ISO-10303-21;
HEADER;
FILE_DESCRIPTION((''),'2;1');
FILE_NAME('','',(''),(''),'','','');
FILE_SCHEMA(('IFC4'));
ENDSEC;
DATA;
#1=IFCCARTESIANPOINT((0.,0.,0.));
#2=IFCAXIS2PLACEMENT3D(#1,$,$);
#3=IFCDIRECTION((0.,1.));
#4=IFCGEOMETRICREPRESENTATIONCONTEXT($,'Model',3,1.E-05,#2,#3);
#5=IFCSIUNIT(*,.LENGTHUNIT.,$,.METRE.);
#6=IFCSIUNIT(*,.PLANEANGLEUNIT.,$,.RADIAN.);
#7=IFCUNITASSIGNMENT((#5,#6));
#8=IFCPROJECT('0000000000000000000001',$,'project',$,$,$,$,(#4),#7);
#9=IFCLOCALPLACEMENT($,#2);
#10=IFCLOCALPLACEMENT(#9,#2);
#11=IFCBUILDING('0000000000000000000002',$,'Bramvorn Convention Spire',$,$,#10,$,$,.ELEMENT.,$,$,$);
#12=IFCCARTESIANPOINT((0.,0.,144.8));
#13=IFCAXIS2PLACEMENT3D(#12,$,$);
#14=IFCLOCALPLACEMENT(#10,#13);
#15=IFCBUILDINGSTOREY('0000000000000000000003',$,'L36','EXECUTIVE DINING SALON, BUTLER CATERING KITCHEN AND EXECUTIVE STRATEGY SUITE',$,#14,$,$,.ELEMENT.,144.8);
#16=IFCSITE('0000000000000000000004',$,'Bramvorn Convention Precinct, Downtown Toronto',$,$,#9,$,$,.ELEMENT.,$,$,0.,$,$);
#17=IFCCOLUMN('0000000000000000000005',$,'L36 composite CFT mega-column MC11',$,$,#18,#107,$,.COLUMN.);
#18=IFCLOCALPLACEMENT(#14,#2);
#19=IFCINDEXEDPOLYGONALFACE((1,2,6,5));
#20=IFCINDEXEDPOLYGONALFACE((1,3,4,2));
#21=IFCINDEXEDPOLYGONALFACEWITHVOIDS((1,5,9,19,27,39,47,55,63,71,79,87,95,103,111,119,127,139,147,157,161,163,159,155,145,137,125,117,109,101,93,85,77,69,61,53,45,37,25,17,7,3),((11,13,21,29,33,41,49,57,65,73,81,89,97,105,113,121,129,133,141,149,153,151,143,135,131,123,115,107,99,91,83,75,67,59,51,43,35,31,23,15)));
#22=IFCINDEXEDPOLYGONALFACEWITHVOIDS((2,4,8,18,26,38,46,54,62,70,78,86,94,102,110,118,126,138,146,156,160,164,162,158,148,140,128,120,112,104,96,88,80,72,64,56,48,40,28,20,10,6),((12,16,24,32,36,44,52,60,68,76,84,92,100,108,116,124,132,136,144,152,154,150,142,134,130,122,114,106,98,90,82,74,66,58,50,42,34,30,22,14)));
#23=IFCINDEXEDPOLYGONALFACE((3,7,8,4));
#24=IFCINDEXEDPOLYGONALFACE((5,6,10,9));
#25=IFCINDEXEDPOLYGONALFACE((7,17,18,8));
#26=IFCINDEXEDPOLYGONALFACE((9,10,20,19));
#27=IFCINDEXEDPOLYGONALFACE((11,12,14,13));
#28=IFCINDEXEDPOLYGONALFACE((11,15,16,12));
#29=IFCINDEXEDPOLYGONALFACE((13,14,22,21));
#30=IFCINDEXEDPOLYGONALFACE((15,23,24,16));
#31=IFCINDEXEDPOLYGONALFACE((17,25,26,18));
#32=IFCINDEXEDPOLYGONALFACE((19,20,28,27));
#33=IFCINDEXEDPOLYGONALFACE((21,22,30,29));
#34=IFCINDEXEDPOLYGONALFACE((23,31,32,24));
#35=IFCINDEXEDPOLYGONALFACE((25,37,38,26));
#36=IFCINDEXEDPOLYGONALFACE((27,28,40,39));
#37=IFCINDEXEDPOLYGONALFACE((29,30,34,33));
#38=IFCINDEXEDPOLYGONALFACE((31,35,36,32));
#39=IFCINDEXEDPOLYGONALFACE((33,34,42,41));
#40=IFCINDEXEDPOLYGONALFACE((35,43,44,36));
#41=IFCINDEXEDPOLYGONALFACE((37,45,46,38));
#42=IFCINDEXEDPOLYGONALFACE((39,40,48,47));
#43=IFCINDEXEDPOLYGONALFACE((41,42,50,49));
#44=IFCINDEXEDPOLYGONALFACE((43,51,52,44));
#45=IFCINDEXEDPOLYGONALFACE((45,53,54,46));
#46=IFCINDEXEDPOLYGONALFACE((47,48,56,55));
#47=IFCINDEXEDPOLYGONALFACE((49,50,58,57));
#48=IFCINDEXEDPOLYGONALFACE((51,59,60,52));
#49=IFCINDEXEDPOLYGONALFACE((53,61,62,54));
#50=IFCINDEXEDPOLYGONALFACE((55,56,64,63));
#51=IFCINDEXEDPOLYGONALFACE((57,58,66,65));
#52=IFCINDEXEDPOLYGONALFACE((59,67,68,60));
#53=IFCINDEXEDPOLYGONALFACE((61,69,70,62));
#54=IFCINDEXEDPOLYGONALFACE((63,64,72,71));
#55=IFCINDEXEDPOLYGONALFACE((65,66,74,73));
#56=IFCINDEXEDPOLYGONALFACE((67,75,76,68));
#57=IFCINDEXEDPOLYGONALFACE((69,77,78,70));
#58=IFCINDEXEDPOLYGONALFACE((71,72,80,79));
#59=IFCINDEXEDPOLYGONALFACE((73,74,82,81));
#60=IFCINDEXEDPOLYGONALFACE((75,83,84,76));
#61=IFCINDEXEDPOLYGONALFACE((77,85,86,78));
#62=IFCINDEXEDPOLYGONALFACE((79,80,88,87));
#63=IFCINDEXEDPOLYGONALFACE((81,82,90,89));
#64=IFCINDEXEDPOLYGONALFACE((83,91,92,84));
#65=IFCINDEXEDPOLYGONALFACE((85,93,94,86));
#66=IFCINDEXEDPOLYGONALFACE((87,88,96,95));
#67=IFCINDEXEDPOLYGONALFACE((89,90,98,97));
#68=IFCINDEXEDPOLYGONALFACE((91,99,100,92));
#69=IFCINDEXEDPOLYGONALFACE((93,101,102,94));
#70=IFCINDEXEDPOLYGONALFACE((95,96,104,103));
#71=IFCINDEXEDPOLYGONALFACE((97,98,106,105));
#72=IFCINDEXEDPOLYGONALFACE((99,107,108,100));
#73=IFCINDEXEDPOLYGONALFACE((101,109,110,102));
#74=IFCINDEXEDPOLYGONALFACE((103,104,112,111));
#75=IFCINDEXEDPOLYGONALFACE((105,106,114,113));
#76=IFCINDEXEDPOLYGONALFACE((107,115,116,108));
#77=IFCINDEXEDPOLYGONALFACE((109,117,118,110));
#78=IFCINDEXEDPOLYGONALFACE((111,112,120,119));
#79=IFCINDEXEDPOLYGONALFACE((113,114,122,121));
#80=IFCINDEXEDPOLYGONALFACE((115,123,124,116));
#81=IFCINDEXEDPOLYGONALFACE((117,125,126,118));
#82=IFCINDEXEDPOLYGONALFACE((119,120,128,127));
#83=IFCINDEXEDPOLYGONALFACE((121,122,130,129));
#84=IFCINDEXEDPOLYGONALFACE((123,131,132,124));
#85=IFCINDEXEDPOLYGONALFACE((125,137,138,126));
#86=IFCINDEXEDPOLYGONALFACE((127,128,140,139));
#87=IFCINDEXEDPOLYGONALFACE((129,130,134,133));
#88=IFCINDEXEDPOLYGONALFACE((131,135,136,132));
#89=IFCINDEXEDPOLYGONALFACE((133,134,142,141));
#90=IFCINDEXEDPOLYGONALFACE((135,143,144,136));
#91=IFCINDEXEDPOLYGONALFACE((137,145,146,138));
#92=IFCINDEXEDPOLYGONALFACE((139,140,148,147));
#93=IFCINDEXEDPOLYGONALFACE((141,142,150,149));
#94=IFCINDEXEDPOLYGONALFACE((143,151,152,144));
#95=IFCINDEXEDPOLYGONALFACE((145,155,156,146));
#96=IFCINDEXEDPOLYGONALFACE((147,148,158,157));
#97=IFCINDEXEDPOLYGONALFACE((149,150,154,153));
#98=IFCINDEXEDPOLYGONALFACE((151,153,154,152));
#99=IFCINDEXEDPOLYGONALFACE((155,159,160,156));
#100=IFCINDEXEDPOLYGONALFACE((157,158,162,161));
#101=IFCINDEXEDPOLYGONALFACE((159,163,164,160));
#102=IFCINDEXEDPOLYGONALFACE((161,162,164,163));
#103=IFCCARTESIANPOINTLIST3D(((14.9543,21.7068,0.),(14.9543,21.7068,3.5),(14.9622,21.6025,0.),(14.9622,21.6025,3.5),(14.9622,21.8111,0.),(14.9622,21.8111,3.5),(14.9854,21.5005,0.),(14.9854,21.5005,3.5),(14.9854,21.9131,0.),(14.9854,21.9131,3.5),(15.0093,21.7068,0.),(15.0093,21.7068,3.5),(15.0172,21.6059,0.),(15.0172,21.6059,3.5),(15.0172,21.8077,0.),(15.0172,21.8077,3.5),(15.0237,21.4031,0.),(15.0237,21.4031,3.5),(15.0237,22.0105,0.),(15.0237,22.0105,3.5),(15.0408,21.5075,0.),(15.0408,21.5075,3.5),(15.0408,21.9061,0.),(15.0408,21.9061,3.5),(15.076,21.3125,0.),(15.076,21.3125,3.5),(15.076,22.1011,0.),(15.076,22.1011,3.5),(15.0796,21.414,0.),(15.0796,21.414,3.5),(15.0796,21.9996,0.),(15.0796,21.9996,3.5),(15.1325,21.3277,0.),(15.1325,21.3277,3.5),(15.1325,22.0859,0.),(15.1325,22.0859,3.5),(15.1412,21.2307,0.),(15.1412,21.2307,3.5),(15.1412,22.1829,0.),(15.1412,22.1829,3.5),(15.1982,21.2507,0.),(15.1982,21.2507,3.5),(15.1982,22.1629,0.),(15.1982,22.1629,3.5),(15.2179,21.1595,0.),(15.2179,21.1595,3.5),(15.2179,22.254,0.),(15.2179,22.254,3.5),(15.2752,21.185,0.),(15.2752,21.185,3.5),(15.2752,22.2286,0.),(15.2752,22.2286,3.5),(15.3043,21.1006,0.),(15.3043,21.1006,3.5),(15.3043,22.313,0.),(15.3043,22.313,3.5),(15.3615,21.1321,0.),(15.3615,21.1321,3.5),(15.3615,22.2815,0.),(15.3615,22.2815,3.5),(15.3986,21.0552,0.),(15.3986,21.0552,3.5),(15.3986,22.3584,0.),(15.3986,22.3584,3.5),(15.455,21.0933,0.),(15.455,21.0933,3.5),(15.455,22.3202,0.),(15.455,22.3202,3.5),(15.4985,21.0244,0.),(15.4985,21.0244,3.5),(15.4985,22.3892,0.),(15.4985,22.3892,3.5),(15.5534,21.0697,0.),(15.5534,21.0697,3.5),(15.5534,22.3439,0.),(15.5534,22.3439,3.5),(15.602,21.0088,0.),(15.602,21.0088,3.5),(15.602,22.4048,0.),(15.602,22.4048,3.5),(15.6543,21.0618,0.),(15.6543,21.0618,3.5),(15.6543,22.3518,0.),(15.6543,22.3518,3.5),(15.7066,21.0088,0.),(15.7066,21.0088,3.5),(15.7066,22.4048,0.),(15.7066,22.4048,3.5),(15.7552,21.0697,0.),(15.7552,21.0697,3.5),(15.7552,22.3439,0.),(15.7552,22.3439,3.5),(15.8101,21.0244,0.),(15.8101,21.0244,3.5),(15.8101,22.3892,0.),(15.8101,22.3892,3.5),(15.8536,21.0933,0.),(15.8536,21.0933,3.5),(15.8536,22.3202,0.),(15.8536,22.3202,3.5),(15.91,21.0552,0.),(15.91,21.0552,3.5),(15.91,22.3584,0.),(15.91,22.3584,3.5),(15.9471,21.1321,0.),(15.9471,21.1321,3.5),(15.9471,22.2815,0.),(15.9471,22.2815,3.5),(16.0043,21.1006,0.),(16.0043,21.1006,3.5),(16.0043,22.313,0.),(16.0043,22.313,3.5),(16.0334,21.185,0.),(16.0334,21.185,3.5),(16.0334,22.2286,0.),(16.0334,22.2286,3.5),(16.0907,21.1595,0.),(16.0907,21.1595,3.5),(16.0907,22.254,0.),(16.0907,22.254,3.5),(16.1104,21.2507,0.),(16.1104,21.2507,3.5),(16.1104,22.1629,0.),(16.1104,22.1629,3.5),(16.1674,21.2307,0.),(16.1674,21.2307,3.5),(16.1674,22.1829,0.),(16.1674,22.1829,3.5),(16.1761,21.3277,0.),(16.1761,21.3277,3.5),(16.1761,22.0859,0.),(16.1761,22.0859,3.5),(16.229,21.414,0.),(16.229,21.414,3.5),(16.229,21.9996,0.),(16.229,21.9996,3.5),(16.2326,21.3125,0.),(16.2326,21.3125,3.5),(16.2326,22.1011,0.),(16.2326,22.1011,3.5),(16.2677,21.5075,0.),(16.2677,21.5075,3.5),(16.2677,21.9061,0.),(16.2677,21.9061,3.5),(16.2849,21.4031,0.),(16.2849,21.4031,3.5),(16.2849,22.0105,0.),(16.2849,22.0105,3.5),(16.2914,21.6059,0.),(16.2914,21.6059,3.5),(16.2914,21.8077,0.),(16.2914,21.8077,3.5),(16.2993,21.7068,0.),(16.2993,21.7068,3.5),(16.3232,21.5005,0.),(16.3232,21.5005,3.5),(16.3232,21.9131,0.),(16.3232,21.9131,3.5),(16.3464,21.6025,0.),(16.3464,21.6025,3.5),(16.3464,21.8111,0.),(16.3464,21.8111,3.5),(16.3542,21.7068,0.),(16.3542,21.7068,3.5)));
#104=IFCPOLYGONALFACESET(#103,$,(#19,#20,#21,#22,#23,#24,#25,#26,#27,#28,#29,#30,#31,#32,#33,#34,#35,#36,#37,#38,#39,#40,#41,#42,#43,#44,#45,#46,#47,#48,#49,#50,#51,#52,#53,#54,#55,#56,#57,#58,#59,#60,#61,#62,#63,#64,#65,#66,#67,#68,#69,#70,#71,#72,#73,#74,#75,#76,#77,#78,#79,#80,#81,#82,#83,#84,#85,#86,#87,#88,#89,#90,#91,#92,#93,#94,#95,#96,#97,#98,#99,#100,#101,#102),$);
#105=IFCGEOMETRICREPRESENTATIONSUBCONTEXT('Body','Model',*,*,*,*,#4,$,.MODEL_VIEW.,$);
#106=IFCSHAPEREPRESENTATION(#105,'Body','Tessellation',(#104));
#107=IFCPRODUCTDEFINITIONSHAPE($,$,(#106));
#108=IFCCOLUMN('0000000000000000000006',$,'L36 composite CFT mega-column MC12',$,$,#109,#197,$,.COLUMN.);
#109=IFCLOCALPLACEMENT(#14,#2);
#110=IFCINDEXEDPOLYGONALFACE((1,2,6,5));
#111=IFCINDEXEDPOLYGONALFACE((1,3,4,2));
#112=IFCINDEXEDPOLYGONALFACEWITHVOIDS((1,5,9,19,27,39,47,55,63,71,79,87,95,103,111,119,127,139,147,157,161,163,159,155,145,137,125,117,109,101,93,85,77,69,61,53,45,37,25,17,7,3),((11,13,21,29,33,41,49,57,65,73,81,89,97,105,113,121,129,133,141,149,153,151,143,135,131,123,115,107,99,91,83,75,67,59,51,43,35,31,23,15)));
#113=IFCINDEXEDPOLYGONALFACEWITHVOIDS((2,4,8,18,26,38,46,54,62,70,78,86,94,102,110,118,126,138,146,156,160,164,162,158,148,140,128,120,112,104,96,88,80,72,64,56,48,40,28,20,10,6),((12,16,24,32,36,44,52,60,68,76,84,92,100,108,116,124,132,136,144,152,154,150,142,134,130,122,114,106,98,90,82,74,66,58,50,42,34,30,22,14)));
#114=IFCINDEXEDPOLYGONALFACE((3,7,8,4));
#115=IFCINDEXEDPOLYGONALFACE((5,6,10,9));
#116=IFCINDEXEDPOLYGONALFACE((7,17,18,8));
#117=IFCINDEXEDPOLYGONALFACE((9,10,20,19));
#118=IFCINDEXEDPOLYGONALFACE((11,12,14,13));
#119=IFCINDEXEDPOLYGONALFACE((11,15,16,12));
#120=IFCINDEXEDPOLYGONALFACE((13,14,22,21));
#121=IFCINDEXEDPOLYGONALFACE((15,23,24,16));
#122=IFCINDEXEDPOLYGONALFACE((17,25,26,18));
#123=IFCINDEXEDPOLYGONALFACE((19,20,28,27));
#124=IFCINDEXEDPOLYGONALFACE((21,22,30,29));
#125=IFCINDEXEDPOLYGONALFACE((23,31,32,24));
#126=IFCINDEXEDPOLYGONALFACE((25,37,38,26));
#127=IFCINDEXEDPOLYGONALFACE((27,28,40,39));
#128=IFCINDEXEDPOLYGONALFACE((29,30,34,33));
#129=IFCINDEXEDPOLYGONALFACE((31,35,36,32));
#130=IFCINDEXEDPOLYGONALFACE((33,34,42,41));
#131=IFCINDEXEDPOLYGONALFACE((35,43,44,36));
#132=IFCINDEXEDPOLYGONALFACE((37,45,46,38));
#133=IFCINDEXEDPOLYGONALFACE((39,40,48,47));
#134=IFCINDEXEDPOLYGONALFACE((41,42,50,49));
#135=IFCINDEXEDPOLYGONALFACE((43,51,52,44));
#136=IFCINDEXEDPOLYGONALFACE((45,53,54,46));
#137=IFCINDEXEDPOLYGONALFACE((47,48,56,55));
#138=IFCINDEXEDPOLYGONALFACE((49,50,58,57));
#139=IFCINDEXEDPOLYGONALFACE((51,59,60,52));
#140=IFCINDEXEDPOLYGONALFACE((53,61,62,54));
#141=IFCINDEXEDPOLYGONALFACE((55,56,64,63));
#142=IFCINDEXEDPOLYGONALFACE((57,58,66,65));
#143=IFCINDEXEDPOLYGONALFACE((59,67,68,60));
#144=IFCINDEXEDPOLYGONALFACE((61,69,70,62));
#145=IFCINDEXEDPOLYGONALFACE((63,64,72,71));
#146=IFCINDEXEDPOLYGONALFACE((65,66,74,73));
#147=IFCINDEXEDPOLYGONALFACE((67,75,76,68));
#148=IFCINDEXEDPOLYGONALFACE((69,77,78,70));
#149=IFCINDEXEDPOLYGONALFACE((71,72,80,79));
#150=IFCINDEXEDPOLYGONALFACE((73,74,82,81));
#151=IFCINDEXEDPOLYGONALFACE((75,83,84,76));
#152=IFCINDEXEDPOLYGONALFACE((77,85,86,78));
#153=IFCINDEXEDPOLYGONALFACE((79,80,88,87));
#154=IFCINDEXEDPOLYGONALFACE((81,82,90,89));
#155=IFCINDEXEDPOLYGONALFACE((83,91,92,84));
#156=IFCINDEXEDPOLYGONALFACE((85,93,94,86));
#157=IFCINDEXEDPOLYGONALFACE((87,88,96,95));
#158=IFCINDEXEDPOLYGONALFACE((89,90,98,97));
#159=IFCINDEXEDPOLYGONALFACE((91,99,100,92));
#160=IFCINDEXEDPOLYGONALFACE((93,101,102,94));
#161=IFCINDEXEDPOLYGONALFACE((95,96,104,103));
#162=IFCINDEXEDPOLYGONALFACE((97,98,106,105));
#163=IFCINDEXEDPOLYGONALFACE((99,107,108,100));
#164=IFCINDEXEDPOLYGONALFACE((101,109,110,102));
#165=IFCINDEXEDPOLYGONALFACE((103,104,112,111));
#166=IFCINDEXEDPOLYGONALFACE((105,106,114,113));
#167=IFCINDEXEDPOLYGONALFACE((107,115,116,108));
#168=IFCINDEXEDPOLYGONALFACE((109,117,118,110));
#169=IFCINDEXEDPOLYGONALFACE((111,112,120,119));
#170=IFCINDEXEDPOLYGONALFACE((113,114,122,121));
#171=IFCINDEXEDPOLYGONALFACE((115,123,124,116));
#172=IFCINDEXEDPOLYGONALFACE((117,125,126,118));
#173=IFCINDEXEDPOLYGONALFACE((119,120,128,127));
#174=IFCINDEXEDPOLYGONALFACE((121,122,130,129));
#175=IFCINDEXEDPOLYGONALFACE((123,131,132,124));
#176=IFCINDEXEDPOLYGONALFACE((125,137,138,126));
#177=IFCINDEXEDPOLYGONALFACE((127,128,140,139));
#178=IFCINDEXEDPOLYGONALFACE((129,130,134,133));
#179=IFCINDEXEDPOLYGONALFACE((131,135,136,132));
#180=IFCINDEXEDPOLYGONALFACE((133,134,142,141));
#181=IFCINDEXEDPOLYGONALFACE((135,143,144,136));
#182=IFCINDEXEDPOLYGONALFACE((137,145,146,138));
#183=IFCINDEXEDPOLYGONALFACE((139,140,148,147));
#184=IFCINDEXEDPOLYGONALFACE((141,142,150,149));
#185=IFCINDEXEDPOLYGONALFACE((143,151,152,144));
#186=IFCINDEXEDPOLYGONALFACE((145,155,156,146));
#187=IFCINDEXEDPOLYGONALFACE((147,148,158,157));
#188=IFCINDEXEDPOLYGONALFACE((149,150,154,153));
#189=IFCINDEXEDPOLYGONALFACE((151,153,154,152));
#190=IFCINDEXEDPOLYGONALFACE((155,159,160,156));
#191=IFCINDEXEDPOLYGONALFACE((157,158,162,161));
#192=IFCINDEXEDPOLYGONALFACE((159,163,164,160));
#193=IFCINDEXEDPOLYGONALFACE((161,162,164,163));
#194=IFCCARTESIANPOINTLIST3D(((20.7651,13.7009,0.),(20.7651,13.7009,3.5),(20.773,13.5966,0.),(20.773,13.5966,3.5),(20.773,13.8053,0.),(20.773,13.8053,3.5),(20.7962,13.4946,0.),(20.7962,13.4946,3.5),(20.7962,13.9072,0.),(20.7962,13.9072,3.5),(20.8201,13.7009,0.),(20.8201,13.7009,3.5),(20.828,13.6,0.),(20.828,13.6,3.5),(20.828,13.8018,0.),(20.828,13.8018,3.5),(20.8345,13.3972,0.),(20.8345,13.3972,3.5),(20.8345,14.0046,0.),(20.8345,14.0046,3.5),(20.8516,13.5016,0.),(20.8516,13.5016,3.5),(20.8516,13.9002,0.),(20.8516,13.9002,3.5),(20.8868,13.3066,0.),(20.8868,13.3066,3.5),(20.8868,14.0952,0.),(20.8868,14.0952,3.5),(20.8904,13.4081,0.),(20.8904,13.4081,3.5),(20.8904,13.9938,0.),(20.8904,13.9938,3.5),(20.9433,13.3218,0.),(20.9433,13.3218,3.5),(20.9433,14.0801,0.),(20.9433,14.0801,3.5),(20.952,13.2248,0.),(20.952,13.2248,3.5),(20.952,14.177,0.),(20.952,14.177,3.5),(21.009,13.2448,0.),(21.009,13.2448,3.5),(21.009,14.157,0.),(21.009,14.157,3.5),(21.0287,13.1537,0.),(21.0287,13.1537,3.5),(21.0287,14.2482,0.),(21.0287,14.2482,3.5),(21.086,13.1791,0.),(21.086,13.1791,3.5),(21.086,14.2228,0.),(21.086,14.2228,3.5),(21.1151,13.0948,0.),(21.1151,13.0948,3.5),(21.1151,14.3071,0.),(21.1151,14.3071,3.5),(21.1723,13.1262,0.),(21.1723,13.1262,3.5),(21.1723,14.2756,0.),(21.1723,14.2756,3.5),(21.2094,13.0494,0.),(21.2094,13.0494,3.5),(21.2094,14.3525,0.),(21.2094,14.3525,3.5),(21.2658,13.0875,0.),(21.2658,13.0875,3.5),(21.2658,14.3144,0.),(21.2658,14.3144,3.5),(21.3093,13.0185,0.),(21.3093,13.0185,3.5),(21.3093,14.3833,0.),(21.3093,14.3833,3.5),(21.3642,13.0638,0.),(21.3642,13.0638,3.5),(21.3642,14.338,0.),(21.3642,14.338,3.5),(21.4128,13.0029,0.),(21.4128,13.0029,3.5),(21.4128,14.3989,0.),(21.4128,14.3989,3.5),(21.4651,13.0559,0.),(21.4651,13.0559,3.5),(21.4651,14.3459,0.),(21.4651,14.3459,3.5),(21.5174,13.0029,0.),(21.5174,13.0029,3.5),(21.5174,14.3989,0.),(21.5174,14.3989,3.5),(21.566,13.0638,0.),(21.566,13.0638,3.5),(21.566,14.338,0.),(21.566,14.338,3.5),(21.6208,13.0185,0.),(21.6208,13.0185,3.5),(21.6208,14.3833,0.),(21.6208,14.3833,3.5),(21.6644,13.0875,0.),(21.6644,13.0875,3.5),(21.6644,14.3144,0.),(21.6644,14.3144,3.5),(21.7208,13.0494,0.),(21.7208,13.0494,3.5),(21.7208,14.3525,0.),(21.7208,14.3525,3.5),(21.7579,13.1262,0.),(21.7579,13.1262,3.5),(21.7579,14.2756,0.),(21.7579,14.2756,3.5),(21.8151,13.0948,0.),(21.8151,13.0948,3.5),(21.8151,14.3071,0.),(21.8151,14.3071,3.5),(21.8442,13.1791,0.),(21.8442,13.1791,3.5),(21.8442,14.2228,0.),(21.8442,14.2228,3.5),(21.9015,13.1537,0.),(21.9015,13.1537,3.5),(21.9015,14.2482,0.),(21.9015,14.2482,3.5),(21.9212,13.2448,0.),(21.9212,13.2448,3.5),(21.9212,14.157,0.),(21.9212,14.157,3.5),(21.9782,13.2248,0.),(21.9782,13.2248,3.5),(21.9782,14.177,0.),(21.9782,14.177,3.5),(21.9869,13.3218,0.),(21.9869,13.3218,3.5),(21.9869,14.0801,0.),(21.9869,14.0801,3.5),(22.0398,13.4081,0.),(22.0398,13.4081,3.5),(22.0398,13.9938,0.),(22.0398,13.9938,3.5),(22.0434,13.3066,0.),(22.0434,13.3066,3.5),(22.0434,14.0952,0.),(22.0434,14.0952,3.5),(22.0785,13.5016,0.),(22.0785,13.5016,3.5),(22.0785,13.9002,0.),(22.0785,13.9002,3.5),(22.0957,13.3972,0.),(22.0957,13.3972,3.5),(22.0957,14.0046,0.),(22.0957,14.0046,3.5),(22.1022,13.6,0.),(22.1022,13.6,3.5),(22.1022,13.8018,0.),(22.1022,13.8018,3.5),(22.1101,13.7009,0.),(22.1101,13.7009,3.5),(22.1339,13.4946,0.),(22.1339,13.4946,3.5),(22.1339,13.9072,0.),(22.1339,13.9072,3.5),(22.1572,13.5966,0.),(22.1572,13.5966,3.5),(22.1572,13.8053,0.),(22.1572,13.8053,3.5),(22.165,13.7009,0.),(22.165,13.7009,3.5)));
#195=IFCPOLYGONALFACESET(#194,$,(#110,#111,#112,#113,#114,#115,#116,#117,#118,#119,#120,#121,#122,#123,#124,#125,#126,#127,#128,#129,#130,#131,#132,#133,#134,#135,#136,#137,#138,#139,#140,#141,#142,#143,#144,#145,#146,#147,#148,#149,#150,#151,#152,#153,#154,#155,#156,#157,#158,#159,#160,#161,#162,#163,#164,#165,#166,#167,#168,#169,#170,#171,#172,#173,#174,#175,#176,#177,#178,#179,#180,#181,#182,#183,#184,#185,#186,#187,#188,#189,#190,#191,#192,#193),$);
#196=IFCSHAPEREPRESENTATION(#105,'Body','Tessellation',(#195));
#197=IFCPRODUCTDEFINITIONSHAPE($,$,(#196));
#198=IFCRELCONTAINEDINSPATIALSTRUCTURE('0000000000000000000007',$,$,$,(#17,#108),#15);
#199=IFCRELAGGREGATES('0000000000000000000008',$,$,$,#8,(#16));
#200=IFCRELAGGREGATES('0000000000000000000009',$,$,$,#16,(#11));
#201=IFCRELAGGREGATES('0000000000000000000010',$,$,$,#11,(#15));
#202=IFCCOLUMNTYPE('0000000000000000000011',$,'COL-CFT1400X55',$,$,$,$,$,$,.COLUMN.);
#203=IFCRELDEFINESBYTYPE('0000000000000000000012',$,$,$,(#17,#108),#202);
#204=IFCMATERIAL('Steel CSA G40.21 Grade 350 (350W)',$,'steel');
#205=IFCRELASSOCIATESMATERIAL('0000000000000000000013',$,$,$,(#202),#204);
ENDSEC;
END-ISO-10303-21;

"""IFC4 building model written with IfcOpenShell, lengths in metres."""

from ifc_helpers import new_model, si_unit, direction, frame, origin, origin_2d, place, context, subcontext, project, spatial, hollow_circle, extrude, material, material_profile, profile_set, type_object, element, save


model = new_model("IFC4")

# Units and contexts
model_context = context("Model", 3, precision=1e-05, world=origin(), true_north=direction((0.0, 1.0)))
body_context = subcontext(model_context, "Body", "Model", "MODEL_VIEW")
ifc_project = project(units=[si_unit("LENGTHUNIT", "METRE"), si_unit("PLANEANGLEUNIT", "RADIAN")], contexts=[model_context])

# Site, building, storey
site_placement = place(None, origin())
site = spatial("IfcSite", under=ifc_project, at=site_placement, Name="Bramvorn Convention Precinct, Downtown Toronto", CompositionType="ELEMENT", RefElevation=0.0)
building_placement = place(site_placement, origin())
building = spatial("IfcBuilding", under=site, at=building_placement, Name="Bramvorn Convention Spire", CompositionType="ELEMENT")
storey_placement = place(building_placement, frame((0.0, 0.0, 144.8)))
storey = spatial("IfcBuildingStorey", under=building, at=storey_placement, Name="L36", Description="EXECUTIVE DINING SALON, BUTLER CATERING KITCHEN AND EXECUTIVE STRATEGY SUITE", CompositionType="ELEMENT", Elevation=144.8)

# Columns
ifc_material_1 = material(Name="Steel CSA G40.21 Grade 350 (350W)", Category="steel")
ifc_material_profile_1 = material_profile(ifc_material_1, hollow_circle(Radius=0.7, WallThickness=0.0549, at=origin_2d()))
ifc_profile_set_1 = profile_set([ifc_material_profile_1], Name="Steel CSA G40.21 Grade 350 (350W) - CFT1400X55")
column_type = type_object("IfcColumnType", Name="COL-CFT1400X55", PredefinedType="COLUMN", material=ifc_profile_set_1)
for number, where, z_axis, x_axis, name in (
    (1, (15.6543, 21.7068, 0.0), (0.0, 0.0, 1.0), (1.0, 0.0, 0.0), "L36 composite CFT mega-column MC11"),
    (2, (21.4651, 13.7009, 0.0), (0.0, 0.0, 1.0), (1.0, 0.0, 0.0), "L36 composite CFT mega-column MC12"),
):
    element("IfcColumn", number, at=place(storey_placement, frame(where, z_axis=z_axis, x_axis=x_axis)), inside=storey, type_object=column_type, Name=name, PredefinedType="COLUMN", context=body_context, shape_type="SweptSolid", body=[
        extrude(hollow_circle(Radius=0.7, WallThickness=0.0549, at=origin_2d()), origin(), (0.0, 0.0, 1.0), 3.5),
    ])

save(model, "model.ifc")
